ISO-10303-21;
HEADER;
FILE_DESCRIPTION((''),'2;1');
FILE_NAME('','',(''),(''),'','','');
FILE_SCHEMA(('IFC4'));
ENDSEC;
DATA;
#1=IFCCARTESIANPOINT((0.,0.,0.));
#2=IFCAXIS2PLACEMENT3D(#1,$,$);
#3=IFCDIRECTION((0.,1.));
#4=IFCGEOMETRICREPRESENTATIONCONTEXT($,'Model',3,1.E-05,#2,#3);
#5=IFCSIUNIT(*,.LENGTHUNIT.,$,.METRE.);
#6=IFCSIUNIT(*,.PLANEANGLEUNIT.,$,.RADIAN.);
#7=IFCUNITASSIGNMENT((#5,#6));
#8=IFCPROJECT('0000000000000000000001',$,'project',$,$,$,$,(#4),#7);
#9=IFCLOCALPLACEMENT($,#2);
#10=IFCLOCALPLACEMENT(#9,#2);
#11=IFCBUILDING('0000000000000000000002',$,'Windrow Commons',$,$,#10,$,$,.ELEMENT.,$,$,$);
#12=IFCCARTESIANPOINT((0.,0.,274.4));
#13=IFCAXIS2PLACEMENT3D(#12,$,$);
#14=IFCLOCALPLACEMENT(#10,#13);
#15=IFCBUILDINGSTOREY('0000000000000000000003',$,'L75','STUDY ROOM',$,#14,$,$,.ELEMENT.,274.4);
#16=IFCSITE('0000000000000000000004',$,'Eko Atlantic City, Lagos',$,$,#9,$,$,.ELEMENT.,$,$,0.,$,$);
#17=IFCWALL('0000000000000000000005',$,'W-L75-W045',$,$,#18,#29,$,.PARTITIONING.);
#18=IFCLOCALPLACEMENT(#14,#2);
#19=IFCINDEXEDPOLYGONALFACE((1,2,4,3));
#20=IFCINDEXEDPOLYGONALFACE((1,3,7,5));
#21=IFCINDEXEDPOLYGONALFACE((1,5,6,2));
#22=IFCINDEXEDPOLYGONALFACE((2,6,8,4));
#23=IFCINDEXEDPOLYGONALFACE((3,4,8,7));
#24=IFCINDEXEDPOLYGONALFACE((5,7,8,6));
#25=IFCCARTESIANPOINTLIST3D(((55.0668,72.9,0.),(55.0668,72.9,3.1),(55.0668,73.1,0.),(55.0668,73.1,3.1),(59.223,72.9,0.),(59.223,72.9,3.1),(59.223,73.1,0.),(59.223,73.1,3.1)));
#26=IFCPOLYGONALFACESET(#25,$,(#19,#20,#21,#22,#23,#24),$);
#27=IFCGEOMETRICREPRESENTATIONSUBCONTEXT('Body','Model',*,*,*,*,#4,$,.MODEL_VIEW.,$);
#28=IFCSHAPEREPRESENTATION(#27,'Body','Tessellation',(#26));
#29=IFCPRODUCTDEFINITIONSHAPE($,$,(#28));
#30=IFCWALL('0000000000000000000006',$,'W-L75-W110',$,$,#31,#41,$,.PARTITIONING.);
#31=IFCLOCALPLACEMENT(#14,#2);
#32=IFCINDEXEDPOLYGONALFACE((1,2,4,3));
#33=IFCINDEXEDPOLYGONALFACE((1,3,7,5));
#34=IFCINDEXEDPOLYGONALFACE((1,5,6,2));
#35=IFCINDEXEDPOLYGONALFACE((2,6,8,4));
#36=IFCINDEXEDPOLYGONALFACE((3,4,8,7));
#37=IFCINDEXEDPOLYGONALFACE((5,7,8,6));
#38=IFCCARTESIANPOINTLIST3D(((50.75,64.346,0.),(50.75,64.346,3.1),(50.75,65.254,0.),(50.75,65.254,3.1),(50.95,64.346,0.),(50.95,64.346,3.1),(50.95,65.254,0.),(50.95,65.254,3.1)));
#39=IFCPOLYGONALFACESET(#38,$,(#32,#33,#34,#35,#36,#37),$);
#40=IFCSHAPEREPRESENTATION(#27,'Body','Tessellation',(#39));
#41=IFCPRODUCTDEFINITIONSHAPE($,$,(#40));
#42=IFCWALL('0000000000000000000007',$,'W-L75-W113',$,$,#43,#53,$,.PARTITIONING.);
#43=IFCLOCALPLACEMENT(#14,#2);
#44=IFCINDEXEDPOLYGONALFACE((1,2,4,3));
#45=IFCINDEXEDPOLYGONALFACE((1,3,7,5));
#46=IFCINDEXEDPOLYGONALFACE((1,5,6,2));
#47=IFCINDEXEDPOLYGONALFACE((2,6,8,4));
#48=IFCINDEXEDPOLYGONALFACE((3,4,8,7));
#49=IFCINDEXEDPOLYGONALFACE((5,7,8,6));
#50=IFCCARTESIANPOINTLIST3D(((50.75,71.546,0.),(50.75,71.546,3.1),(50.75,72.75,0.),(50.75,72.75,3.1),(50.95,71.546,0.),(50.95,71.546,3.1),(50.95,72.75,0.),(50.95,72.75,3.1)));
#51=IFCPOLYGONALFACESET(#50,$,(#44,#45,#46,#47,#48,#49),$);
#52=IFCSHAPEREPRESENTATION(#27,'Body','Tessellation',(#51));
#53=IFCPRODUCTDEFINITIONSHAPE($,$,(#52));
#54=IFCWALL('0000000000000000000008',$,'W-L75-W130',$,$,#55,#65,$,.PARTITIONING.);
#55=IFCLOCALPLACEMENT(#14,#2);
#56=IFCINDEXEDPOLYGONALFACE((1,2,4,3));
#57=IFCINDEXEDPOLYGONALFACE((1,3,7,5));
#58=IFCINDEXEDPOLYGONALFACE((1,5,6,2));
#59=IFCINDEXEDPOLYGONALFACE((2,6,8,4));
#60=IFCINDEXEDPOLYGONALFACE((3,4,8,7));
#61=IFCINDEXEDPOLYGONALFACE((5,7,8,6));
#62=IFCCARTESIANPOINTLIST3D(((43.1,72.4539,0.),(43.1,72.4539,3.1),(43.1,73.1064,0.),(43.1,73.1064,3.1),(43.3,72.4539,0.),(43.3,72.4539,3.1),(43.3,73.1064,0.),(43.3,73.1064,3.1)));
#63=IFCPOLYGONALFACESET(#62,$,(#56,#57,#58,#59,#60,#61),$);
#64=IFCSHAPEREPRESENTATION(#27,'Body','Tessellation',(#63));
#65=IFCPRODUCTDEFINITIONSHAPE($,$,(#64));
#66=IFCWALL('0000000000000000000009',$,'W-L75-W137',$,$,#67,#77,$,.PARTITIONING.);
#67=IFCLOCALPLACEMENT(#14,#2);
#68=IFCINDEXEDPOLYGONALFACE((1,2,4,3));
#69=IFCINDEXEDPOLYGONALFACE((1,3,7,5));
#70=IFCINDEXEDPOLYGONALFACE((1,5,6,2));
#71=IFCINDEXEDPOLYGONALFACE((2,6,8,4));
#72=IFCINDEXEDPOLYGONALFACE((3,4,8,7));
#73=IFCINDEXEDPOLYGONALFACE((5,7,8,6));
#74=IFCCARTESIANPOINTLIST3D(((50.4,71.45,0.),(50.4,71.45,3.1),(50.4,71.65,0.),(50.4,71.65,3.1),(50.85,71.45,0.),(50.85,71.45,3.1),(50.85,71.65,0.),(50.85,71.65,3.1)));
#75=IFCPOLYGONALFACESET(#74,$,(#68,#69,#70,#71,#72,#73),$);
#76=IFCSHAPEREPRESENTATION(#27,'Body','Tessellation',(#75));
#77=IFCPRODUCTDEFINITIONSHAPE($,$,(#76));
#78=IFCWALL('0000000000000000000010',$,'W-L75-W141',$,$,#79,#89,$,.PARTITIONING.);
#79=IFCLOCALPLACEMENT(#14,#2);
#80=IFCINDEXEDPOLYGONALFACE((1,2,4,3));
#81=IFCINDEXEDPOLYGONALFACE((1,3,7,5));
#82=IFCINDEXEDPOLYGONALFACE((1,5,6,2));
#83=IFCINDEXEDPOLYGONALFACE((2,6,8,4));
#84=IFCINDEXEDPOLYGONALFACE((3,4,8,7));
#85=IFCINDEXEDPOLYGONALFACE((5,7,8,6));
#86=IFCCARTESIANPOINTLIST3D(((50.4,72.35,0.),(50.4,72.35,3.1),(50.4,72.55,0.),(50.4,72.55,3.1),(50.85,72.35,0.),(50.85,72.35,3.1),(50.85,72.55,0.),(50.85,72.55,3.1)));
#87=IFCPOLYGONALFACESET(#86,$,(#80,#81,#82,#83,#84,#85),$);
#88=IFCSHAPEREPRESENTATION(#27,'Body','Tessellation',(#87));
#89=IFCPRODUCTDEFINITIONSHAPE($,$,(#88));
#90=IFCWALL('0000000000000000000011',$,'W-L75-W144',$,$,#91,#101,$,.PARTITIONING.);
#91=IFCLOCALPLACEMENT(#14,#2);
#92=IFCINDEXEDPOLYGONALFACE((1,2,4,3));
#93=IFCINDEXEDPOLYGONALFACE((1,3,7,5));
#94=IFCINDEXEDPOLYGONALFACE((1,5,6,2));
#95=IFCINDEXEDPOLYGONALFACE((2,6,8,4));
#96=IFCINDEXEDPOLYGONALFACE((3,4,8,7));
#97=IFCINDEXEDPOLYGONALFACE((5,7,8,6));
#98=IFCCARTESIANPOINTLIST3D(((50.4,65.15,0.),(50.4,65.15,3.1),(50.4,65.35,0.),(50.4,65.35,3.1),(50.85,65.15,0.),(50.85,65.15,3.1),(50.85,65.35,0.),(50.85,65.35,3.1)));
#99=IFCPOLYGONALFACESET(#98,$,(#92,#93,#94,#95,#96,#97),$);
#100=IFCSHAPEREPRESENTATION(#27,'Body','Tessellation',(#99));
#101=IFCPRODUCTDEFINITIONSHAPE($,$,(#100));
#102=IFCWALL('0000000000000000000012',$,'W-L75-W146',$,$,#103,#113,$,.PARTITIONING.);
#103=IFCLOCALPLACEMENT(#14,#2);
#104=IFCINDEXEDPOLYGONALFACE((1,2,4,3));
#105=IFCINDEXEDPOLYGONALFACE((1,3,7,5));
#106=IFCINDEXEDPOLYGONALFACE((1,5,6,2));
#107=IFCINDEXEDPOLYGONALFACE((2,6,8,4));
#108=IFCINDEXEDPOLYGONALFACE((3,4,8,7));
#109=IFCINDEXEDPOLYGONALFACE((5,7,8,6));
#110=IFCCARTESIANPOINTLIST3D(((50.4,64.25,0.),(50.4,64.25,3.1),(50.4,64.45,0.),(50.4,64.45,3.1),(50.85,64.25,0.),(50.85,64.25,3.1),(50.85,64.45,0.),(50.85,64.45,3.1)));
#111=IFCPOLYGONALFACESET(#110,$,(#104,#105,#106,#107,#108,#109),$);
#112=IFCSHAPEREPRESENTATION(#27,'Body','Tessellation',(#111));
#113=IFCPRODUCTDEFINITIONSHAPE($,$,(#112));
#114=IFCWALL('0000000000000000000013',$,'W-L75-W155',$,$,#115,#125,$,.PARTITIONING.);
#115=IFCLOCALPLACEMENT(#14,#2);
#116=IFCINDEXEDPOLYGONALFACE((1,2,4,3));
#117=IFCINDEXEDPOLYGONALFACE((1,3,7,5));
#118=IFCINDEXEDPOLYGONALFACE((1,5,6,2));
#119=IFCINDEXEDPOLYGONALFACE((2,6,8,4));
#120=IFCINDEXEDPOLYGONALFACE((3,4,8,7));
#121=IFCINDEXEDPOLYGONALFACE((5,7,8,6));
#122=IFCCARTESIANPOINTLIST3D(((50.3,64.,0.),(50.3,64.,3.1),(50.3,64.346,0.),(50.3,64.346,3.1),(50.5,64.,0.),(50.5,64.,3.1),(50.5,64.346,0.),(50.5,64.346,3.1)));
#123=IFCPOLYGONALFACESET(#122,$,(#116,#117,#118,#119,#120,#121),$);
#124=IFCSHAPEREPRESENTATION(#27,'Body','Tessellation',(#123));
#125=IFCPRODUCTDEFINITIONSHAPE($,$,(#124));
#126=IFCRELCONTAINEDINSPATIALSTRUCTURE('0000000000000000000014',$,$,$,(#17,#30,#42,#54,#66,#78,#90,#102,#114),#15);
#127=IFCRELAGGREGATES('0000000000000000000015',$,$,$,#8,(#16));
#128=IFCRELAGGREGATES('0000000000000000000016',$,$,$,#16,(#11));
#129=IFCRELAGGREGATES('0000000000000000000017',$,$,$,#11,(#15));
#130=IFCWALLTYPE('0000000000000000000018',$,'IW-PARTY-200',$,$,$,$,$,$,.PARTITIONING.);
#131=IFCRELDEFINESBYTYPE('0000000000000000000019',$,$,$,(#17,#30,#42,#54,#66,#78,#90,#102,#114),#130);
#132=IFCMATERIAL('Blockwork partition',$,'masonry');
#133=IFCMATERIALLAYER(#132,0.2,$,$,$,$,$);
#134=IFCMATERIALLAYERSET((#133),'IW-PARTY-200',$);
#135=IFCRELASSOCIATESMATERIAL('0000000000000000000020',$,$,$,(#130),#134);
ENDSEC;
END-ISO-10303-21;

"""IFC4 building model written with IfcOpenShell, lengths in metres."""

from ifc_helpers import new_model, si_unit, direction, frame, frame_2d, origin, place, context, subcontext, project, spatial, rectangle, extrude, material, layer, layer_set, type_object, element, save


model = new_model("IFC4")

# Units and contexts
model_context = context("Model", 3, precision=1e-05, world=origin(), true_north=direction((0.0, 1.0)))
body_context = subcontext(model_context, "Body", "Model", "MODEL_VIEW")
ifc_project = project(units=[si_unit("LENGTHUNIT", "METRE"), si_unit("PLANEANGLEUNIT", "RADIAN")], contexts=[model_context])

# Site, building, storey
site_placement = place(None, origin())
site = spatial("IfcSite", under=ifc_project, at=site_placement, Name="Eko Atlantic City, Lagos", CompositionType="ELEMENT", RefElevation=0.0)
building_placement = place(site_placement, origin())
building = spatial("IfcBuilding", under=site, at=building_placement, Name="Windrow Commons", CompositionType="ELEMENT")
storey_placement = place(building_placement, frame((0.0, 0.0, 274.4)))
storey = spatial("IfcBuildingStorey", under=building, at=storey_placement, Name="L75", Description="STUDY ROOM", CompositionType="ELEMENT", Elevation=274.4)

# Walls
ifc_material_1 = material(Name="Blockwork partition", Category="masonry")
ifc_layer_1 = layer(ifc_material_1, 0.2)
ifc_layer_set_1 = layer_set([ifc_layer_1], Name="IW-PARTY-200")
wall_type_1 = type_object("IfcWallType", Name="IW-PARTY-200", PredefinedType="PARTITIONING", material=ifc_layer_set_1)
wall_1_placement = place(storey_placement, frame((55.0668, 73.0, 0.0), z_axis=(0.0, 0.0, 1.0), x_axis=(1.0, 0.0, 0.0)))
element("IfcWall", 1, at=wall_1_placement, inside=storey, type_object=wall_type_1, Name="W-L75-W045", PredefinedType="PARTITIONING", context=body_context, shape_type="SweptSolid", body=[
    extrude(rectangle(XDim=4.1562, YDim=0.2, at=frame_2d((2.0781, 0.0))), origin(), (0.0, 0.0, 1.0), 3.1),
])
wall_2_placement = place(storey_placement, frame((50.85, 64.346, 0.0), z_axis=(0.0, 0.0, 1.0), x_axis=(0.0, 1.0, 0.0)))
element("IfcWall", 2, at=wall_2_placement, inside=storey, type_object=wall_type_1, Name="W-L75-W110", PredefinedType="PARTITIONING", context=body_context, shape_type="SweptSolid", body=[
    extrude(rectangle(XDim=0.908, YDim=0.2, at=frame_2d((0.454, 0.0))), origin(), (0.0, 0.0, 1.0), 3.1),
])
wall_3_placement = place(storey_placement, frame((50.85, 71.546, 0.0), z_axis=(0.0, 0.0, 1.0), x_axis=(0.0, 1.0, 0.0)))
element("IfcWall", 3, at=wall_3_placement, inside=storey, type_object=wall_type_1, Name="W-L75-W113", PredefinedType="PARTITIONING", context=body_context, shape_type="SweptSolid", body=[
    extrude(rectangle(XDim=1.204, YDim=0.2, at=frame_2d((0.602, 0.0))), origin(), (0.0, 0.0, 1.0), 3.1),
])
wall_4_placement = place(storey_placement, frame((43.2, 72.454, 0.0), z_axis=(0.0, 0.0, 1.0), x_axis=(0.0, 1.0, 0.0)))
element("IfcWall", 4, at=wall_4_placement, inside=storey, type_object=wall_type_1, Name="W-L75-W130", PredefinedType="PARTITIONING", context=body_context, shape_type="SweptSolid", body=[
    extrude(rectangle(XDim=0.6525, YDim=0.2, at=frame_2d((0.3262, 0.0))), origin(), (0.0, 0.0, 1.0), 3.1),
])
for number, where, z_axis, x_axis, name in (
    (5, (50.4, 71.55, 0.0), (0.0, 0.0, 1.0), (1.0, 0.0, 0.0), "W-L75-W137"),
    (6, (50.4, 72.45, 0.0), (0.0, 0.0, 1.0), (1.0, 0.0, 0.0), "W-L75-W141"),
    (7, (50.4, 65.25, 0.0), (0.0, 0.0, 1.0), (1.0, 0.0, 0.0), "W-L75-W144"),
    (8, (50.4, 64.35, 0.0), (0.0, 0.0, 1.0), (1.0, 0.0, 0.0), "W-L75-W146"),
):
    element("IfcWall", number, at=place(storey_placement, frame(where, z_axis=z_axis, x_axis=x_axis)), inside=storey, type_object=wall_type_1, Name=name, PredefinedType="PARTITIONING", context=body_context, shape_type="SweptSolid", body=[
        extrude(rectangle(XDim=0.45, YDim=0.2, at=frame_2d((0.225, 0.0))), origin(), (0.0, 0.0, 1.0), 3.1),
    ])
wall_5_placement = place(storey_placement, frame((50.4, 64.0, 0.0), z_axis=(0.0, 0.0, 1.0), x_axis=(0.0, 1.0, 0.0)))
element("IfcWall", 9, at=wall_5_placement, inside=storey, type_object=wall_type_1, Name="W-L75-W155", PredefinedType="PARTITIONING", context=body_context, shape_type="SweptSolid", body=[
    extrude(rectangle(XDim=0.346, YDim=0.2, at=frame_2d((0.173, 0.0))), origin(), (0.0, 0.0, 1.0), 3.1),
])

save(model, "model.ifc")
